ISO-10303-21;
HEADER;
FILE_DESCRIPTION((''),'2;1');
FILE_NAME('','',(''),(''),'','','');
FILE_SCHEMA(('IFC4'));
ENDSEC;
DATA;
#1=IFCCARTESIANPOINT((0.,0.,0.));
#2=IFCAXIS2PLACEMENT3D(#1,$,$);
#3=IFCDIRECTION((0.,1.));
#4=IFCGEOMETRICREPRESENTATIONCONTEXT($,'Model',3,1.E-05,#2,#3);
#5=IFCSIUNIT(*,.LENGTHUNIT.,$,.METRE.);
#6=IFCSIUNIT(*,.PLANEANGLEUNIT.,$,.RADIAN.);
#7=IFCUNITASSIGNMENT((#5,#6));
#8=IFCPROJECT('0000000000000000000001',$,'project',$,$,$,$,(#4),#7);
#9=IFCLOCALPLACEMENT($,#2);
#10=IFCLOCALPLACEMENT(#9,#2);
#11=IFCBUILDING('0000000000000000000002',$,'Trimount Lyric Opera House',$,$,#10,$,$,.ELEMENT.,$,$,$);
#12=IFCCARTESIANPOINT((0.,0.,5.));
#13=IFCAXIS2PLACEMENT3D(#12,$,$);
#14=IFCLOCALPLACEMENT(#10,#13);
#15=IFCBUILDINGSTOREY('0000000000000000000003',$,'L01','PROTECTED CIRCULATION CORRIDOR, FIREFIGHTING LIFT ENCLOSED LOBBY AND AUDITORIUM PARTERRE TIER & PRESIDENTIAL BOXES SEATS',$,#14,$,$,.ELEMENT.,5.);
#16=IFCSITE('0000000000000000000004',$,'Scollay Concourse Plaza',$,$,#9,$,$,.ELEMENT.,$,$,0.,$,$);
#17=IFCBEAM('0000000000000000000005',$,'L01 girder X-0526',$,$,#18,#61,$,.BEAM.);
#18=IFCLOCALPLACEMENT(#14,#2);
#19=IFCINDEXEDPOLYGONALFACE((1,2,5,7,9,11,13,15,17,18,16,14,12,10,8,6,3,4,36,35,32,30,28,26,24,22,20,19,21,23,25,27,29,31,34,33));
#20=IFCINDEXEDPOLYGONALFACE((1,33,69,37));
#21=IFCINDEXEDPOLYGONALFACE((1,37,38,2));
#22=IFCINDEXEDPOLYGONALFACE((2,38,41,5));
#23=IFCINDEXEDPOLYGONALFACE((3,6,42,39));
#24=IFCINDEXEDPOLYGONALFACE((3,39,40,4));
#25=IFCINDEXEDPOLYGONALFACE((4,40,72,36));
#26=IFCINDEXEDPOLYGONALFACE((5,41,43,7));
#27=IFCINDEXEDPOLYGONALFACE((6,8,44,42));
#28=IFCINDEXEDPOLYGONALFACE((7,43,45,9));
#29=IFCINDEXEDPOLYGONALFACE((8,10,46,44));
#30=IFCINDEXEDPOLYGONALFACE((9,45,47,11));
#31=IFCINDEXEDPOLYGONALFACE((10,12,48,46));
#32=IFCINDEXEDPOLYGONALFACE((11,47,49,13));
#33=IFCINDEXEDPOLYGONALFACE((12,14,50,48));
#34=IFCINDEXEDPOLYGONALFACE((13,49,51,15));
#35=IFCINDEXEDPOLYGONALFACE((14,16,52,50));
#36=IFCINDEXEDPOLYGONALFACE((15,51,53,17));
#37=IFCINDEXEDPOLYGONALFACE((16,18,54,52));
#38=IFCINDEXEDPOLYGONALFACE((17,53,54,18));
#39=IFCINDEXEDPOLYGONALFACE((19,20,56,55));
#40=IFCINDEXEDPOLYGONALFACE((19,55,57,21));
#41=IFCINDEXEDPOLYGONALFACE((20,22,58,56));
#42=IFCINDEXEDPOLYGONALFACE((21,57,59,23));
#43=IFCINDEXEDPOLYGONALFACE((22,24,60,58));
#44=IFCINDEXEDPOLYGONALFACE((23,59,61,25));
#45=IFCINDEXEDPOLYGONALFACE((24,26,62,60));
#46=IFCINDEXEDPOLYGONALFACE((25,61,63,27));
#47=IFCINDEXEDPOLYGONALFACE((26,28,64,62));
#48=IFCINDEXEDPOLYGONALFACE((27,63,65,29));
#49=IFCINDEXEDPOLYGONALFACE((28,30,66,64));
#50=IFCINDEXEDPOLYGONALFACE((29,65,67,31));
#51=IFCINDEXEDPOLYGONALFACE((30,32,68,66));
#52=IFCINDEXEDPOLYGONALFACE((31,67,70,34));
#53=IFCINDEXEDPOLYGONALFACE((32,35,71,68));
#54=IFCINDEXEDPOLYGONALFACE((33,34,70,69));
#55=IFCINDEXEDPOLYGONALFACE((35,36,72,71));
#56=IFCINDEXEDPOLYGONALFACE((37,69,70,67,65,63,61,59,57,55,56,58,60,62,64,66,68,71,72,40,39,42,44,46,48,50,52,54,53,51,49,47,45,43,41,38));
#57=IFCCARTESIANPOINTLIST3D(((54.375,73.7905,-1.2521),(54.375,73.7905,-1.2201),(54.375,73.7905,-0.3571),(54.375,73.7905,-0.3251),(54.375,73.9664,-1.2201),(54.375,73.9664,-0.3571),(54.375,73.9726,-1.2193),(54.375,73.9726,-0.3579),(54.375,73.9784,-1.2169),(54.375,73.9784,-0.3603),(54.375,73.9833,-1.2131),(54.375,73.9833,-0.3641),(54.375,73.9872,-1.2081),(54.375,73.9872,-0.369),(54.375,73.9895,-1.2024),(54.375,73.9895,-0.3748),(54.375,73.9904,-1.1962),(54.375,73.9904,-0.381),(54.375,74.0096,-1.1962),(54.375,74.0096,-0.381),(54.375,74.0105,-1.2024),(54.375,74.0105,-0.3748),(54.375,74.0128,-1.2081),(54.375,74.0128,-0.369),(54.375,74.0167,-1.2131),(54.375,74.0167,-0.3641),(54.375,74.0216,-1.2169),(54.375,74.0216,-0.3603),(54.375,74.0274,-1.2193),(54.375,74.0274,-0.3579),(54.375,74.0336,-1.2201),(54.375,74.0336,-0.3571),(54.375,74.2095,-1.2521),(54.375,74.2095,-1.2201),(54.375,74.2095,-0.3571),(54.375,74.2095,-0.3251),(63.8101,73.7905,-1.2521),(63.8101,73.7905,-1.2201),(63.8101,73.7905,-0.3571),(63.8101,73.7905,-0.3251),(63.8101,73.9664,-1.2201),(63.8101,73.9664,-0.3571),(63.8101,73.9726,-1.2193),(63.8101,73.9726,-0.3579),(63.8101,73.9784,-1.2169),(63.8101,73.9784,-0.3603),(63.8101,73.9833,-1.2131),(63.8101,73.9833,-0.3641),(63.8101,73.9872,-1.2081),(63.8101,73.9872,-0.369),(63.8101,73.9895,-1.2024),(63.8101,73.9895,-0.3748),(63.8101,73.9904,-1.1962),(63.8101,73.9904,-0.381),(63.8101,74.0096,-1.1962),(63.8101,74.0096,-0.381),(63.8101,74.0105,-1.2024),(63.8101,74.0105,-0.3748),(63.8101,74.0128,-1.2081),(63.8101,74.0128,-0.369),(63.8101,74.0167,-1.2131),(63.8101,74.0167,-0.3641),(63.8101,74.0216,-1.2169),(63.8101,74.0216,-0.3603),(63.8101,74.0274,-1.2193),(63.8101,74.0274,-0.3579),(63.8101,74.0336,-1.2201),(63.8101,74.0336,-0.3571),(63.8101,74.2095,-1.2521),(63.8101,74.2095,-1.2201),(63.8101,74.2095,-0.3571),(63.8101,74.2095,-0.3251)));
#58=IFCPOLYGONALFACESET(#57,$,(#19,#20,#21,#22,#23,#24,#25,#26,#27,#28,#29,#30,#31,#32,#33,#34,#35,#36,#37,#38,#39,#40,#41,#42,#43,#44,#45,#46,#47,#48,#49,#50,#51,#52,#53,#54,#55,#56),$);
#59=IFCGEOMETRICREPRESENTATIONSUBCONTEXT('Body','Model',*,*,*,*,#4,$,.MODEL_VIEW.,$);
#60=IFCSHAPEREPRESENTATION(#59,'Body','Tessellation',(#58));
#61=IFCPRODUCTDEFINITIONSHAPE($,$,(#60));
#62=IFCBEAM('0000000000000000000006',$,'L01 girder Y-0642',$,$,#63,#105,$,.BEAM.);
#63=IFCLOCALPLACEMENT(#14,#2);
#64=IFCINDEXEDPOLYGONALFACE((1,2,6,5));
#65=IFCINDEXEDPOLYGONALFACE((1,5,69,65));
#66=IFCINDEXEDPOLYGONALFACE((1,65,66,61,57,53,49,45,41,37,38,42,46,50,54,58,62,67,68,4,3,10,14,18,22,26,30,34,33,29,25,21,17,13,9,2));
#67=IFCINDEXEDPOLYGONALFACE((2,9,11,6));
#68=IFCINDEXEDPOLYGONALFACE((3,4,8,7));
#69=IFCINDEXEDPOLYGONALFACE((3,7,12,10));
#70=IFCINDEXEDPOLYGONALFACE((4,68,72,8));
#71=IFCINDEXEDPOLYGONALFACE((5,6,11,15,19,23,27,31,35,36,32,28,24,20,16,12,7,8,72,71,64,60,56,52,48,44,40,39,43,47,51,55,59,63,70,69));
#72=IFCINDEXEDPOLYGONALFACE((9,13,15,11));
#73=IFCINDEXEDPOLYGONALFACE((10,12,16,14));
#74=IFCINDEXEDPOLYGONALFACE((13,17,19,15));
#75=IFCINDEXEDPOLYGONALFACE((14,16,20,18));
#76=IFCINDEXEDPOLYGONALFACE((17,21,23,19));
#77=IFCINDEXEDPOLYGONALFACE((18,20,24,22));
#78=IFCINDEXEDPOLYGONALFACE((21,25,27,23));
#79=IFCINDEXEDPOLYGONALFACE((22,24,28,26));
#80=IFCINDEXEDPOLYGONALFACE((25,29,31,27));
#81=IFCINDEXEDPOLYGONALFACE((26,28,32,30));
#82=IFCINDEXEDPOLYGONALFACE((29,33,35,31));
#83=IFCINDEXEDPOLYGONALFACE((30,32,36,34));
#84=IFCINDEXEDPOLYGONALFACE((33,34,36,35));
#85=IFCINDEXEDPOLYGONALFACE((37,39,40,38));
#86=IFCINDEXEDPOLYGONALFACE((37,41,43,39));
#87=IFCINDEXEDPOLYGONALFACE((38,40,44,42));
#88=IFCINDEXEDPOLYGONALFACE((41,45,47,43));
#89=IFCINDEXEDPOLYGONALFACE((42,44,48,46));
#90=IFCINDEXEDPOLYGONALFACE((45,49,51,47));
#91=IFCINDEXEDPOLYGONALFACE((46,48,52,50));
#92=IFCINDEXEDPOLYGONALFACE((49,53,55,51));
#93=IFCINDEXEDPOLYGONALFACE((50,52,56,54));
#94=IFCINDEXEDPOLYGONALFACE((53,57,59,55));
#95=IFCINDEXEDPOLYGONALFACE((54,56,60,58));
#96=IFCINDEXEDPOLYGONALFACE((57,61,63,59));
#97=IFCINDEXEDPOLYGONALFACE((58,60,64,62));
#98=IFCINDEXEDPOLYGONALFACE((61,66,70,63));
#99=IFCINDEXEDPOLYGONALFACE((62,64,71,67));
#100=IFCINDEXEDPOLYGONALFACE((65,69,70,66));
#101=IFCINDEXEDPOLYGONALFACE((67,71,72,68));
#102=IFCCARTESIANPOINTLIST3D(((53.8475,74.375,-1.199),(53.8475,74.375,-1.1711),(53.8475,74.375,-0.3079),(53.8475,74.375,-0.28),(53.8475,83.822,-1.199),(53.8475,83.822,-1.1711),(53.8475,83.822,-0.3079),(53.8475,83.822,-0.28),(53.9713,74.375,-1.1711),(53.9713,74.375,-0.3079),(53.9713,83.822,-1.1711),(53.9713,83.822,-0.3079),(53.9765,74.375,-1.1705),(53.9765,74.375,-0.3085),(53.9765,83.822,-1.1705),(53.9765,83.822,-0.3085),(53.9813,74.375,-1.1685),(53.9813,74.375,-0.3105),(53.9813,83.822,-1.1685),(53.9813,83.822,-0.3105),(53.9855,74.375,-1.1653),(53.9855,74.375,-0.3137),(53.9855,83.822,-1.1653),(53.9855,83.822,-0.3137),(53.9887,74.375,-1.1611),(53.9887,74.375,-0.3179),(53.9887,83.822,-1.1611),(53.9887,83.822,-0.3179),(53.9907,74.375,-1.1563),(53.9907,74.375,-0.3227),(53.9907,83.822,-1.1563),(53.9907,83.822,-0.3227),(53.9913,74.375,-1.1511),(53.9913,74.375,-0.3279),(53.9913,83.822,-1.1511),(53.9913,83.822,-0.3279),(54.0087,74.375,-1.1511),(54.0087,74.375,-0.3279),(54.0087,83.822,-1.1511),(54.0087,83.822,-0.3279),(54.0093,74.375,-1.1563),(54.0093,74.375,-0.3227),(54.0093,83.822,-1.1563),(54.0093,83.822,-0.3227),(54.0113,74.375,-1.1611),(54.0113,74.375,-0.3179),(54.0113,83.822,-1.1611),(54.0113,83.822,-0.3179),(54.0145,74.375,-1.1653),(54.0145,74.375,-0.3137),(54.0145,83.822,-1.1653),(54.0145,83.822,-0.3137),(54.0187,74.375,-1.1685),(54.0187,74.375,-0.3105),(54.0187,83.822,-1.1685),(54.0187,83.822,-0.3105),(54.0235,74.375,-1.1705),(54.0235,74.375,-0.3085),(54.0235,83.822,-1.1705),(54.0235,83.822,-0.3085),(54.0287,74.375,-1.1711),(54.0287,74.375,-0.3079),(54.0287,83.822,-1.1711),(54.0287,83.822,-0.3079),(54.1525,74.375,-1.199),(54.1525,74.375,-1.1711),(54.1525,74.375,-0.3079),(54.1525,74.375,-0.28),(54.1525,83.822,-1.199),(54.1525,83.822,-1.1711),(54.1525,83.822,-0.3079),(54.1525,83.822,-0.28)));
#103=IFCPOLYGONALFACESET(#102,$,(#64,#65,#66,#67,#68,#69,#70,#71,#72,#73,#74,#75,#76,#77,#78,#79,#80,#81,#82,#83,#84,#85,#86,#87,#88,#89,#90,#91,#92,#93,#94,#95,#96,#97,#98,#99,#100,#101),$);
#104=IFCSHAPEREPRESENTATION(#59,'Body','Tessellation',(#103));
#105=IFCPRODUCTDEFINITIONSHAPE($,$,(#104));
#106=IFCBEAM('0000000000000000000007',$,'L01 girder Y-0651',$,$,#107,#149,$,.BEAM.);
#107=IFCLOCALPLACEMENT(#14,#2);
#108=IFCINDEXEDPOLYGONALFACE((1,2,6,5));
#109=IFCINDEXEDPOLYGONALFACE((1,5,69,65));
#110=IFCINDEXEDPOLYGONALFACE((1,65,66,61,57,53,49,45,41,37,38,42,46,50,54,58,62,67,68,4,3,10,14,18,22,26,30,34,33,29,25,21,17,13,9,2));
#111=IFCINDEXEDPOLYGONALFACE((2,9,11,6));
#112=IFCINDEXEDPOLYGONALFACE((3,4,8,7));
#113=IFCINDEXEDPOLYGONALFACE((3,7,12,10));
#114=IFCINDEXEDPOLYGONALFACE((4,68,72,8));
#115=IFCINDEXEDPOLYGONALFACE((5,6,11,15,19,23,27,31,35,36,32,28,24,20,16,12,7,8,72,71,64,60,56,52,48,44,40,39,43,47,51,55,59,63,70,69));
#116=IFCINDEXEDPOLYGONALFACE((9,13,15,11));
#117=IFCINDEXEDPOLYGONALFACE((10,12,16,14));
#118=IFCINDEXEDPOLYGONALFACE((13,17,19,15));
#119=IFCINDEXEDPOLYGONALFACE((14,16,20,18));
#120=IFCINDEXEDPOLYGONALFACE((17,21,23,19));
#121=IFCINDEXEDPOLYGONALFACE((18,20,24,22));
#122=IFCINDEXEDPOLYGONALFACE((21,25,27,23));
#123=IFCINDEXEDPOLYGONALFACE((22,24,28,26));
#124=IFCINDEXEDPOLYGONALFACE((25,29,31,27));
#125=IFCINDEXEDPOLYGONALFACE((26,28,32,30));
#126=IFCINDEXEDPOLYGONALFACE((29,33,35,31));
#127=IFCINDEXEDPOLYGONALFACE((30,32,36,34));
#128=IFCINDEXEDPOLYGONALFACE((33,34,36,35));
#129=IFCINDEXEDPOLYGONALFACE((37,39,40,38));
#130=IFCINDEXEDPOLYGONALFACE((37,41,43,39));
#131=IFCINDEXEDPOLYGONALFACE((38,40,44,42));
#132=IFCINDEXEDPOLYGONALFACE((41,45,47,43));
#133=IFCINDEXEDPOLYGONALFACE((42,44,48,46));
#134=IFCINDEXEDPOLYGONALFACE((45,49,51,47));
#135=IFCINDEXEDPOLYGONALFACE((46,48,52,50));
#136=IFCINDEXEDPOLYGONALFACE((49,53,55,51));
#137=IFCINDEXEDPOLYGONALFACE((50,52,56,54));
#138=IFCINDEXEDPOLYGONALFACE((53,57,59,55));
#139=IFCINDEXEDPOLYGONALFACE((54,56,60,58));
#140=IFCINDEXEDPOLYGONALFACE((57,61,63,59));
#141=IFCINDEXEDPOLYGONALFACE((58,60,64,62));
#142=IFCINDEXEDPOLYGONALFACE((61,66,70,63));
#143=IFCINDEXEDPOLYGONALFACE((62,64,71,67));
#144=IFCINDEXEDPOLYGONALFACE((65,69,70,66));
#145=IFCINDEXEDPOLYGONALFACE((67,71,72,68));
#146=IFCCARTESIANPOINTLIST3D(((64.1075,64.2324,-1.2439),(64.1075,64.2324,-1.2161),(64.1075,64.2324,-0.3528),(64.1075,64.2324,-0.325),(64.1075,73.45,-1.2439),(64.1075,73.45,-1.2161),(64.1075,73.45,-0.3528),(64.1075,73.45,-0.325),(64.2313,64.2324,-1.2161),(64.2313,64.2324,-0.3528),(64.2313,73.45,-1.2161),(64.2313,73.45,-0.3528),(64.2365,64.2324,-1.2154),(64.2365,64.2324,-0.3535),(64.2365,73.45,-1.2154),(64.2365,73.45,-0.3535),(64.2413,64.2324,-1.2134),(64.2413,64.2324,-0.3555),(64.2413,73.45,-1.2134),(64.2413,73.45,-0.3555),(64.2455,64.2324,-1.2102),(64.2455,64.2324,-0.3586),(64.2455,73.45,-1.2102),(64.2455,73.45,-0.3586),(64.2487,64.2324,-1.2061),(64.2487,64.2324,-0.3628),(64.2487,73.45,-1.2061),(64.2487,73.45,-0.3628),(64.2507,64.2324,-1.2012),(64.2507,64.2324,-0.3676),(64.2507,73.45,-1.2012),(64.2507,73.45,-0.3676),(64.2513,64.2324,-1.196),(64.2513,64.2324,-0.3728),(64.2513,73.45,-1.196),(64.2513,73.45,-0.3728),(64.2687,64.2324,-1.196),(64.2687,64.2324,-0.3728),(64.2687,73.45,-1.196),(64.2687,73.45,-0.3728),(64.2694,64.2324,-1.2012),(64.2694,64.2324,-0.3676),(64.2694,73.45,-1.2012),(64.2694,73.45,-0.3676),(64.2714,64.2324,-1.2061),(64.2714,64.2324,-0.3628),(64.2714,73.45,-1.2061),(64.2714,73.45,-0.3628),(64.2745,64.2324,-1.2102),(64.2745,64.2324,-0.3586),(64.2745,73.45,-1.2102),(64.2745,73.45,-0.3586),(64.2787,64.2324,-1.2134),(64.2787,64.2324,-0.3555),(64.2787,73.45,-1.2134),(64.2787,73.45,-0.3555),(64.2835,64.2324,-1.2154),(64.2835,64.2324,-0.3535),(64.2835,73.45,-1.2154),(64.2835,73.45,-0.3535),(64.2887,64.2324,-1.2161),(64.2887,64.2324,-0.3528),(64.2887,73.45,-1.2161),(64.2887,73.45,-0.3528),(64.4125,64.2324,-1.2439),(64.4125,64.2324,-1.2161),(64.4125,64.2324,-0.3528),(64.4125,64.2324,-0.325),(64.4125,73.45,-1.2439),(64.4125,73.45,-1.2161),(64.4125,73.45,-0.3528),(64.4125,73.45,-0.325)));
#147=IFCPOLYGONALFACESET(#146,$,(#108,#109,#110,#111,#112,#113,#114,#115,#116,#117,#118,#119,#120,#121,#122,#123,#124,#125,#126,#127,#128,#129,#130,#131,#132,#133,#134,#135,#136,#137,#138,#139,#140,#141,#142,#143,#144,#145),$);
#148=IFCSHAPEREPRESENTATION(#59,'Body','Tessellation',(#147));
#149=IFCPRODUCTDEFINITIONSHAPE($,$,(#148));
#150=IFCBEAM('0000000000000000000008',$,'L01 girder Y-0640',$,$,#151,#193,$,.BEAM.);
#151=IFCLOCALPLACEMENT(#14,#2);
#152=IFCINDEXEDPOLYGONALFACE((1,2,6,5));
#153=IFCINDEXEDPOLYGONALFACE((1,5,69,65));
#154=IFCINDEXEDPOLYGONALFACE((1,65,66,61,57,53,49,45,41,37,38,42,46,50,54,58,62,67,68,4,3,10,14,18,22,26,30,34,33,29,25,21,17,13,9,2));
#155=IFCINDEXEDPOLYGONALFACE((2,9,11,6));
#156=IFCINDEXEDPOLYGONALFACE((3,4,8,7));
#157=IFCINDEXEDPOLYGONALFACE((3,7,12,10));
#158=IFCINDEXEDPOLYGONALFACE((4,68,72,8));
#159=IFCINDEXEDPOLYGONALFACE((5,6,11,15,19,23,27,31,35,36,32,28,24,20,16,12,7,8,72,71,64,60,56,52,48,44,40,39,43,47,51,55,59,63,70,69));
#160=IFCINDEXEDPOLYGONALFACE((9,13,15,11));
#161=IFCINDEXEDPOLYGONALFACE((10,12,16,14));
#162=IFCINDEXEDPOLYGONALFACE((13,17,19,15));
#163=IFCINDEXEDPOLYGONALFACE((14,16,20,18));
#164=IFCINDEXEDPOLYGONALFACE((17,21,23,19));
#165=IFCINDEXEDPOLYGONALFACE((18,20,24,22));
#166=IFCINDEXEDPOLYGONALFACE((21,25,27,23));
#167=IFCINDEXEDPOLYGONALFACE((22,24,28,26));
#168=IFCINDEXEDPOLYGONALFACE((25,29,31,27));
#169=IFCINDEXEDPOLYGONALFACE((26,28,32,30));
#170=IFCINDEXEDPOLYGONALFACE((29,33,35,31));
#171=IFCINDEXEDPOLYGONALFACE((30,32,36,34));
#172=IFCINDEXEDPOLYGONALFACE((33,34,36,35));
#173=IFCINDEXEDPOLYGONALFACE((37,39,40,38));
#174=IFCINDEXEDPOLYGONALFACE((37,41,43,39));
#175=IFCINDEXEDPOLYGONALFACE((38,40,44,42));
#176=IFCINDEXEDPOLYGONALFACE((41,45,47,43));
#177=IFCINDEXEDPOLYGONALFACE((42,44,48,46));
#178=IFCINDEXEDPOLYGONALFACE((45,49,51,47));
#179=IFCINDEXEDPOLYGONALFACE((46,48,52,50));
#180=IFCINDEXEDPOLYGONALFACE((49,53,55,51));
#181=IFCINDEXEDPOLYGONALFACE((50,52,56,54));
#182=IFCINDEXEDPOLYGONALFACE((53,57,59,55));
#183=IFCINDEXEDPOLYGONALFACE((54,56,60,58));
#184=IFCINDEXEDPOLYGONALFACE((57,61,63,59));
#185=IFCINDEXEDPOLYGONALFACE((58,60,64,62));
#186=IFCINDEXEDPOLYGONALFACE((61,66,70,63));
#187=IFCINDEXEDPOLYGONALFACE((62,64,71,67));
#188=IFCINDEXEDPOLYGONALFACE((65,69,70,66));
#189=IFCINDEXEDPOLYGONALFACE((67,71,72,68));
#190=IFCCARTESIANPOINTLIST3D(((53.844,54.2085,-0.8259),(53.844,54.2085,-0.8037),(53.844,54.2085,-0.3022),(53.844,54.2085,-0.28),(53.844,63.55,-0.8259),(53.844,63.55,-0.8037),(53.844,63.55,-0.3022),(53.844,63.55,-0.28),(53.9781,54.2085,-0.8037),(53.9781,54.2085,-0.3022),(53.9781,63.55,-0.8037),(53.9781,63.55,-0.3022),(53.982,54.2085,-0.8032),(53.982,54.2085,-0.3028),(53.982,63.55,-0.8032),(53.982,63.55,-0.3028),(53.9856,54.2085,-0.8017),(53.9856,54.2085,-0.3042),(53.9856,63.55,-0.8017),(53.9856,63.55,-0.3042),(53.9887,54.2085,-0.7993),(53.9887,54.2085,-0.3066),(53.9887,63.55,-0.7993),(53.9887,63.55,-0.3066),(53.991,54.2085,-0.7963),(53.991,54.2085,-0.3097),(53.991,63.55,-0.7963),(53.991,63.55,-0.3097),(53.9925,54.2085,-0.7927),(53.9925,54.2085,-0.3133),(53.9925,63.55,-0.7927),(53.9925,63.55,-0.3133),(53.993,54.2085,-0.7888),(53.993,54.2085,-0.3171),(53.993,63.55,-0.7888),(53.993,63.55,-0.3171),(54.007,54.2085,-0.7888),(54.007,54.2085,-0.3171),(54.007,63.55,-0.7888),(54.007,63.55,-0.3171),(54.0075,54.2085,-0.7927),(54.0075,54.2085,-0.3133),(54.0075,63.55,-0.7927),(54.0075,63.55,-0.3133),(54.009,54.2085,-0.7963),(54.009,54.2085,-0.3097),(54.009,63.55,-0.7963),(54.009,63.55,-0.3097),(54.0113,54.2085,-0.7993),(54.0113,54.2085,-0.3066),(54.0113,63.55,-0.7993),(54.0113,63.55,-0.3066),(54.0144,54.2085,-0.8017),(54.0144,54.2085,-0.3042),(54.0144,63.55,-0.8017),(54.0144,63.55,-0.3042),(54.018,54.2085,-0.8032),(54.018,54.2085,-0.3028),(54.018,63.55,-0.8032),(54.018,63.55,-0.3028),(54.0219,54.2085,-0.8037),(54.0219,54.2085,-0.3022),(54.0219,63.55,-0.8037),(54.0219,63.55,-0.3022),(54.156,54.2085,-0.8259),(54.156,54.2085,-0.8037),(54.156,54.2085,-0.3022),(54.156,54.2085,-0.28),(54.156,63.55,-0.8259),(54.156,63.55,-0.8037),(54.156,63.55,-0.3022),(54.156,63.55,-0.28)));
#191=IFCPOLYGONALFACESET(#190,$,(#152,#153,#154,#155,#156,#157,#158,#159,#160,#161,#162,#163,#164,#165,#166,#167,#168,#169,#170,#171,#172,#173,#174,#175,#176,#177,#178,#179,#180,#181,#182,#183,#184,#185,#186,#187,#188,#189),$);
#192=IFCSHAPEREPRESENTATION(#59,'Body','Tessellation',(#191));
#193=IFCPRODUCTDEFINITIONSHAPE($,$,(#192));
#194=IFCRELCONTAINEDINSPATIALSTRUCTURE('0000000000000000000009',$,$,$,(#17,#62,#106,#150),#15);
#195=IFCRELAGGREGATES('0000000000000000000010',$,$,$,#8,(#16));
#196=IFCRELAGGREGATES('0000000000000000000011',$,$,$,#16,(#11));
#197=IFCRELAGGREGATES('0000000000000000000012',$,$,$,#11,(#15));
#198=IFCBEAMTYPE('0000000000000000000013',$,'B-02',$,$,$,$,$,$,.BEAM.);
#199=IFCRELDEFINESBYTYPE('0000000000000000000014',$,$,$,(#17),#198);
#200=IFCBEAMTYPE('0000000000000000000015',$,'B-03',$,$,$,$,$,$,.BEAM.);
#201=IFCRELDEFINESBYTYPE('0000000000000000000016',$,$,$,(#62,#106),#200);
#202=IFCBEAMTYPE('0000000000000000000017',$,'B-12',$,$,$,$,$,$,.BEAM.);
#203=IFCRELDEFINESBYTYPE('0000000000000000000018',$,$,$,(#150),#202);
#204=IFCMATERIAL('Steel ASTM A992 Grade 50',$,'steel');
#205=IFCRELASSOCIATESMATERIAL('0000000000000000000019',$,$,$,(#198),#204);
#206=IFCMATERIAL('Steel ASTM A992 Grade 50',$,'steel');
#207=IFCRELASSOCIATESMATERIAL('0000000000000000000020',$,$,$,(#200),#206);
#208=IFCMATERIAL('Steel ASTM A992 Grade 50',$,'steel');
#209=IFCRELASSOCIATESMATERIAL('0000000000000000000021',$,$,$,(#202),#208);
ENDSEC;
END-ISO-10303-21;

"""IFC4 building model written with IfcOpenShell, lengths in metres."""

from ifc_helpers import new_model, si_unit, direction, frame, origin, origin_2d, place, context, subcontext, project, spatial, i_section, extrude, material, material_profile, profile_set, type_object, element, save


model = new_model("IFC4")

# Units and contexts
model_context = context("Model", 3, precision=1e-05, world=origin(), true_north=direction((0.0, 1.0)))
body_context = subcontext(model_context, "Body", "Model", "MODEL_VIEW")
ifc_project = project(units=[si_unit("LENGTHUNIT", "METRE"), si_unit("PLANEANGLEUNIT", "RADIAN")], contexts=[model_context])

# Site, building, storey
site_placement = place(None, origin())
site = spatial("IfcSite", under=ifc_project, at=site_placement, Name="Scollay Concourse Plaza", CompositionType="ELEMENT", RefElevation=0.0)
building_placement = place(site_placement, origin())
building = spatial("IfcBuilding", under=site, at=building_placement, Name="Trimount Lyric Opera House", CompositionType="ELEMENT")
storey_placement = place(building_placement, frame((0.0, 0.0, 5.0)))
storey = spatial("IfcBuildingStorey", under=building, at=storey_placement, Name="L01", Description="PROTECTED CIRCULATION CORRIDOR, FIREFIGHTING LIFT ENCLOSED LOBBY AND AUDITORIUM PARTERRE TIER & PRESIDENTIAL BOXES SEATS", CompositionType="ELEMENT", Elevation=5.0)

# Beams
ifc_material_1 = material(Name="Steel ASTM A992 Grade 50", Category="steel")
ifc_material_profile_1 = material_profile(ifc_material_1, i_section(OverallWidth=0.4189, OverallDepth=0.927, WebThickness=0.0193, FlangeThickness=0.032, FilletRadius=0.0239, at=origin_2d()), Name="W36X231")
ifc_profile_set_1 = profile_set([ifc_material_profile_1], Name="Steel ASTM A992 Grade 50")
beam_type_1 = type_object("IfcBeamType", Name="B-02", PredefinedType="BEAM", material=ifc_profile_set_1)
beam_1_placement = place(storey_placement, frame((54.375, 74.0, -0.7886), z_axis=(1.0, 0.0, 0.0), x_axis=(0.0, 1.0, 0.0)))
element("IfcBeam", 1, at=beam_1_placement, inside=storey, type_object=beam_type_1, Name="L01 girder X-0526", PredefinedType="BEAM", context=body_context, shape_type="SweptSolid", body=[
    extrude(i_section(OverallWidth=0.4189, OverallDepth=0.927, WebThickness=0.0193, FlangeThickness=0.032, FilletRadius=0.0239, at=origin_2d()), origin(), (0.0, 0.0, 1.0), 9.4351),
])
ifc_material_2 = material(Name="Steel ASTM A992 Grade 50", Category="steel")
ifc_material_profile_2 = material_profile(ifc_material_2, i_section(OverallWidth=0.3049, OverallDepth=0.9189, WebThickness=0.0173, FlangeThickness=0.0278, FilletRadius=0.02, at=origin_2d()), Name="W36X170")
ifc_profile_set_2 = profile_set([ifc_material_profile_2], Name="Steel ASTM A992 Grade 50")
beam_type_2 = type_object("IfcBeamType", Name="B-03", PredefinedType="BEAM", material=ifc_profile_set_2)
beam_2_placement = place(storey_placement, frame((54.0, 74.375, -0.7395), z_axis=(0.0, 1.0, 0.0), x_axis=(-1.0, 0.0, 0.0)))
element("IfcBeam", 2, at=beam_2_placement, inside=storey, type_object=beam_type_2, Name="L01 girder Y-0642", PredefinedType="BEAM", context=body_context, shape_type="SweptSolid", body=[
    extrude(i_section(OverallWidth=0.3049, OverallDepth=0.9189, WebThickness=0.0173, FlangeThickness=0.0278, FilletRadius=0.02, at=origin_2d()), origin(), (0.0, 0.0, 1.0), 9.447),
])
beam_3_placement = place(storey_placement, frame((64.26, 64.2324, -0.7844), z_axis=(0.0, 1.0, 0.0), x_axis=(-1.0, 0.0, 0.0)))
element("IfcBeam", 3, at=beam_3_placement, inside=storey, type_object=beam_type_2, Name="L01 girder Y-0651", PredefinedType="BEAM", context=body_context, shape_type="SweptSolid", body=[
    extrude(i_section(OverallWidth=0.3049, OverallDepth=0.9189, WebThickness=0.0173, FlangeThickness=0.0278, FilletRadius=0.02, at=origin_2d()), origin(), (0.0, 0.0, 1.0), 9.2175),
])
ifc_material_3 = material(Name="Steel ASTM A992 Grade 50", Category="steel")
ifc_material_profile_3 = material_profile(ifc_material_3, i_section(OverallWidth=0.312, OverallDepth=0.5459, WebThickness=0.0139, FlangeThickness=0.0222, FilletRadius=0.0149, at=origin_2d()), Name="W21X111")
ifc_profile_set_3 = profile_set([ifc_material_profile_3], Name="Steel ASTM A992 Grade 50")
beam_type_3 = type_object("IfcBeamType", Name="B-12", PredefinedType="BEAM", material=ifc_profile_set_3)
beam_4_placement = place(storey_placement, frame((54.0, 54.2085, -0.553), z_axis=(0.0, 1.0, 0.0), x_axis=(-1.0, 0.0, 0.0)))
element("IfcBeam", 4, at=beam_4_placement, inside=storey, type_object=beam_type_3, Name="L01 girder Y-0640", PredefinedType="BEAM", context=body_context, shape_type="SweptSolid", body=[
    extrude(i_section(OverallWidth=0.312, OverallDepth=0.5459, WebThickness=0.0139, FlangeThickness=0.0222, FilletRadius=0.0149, at=origin_2d()), origin(), (0.0, 0.0, 1.0), 9.3416),
])

save(model, "model.ifc")
